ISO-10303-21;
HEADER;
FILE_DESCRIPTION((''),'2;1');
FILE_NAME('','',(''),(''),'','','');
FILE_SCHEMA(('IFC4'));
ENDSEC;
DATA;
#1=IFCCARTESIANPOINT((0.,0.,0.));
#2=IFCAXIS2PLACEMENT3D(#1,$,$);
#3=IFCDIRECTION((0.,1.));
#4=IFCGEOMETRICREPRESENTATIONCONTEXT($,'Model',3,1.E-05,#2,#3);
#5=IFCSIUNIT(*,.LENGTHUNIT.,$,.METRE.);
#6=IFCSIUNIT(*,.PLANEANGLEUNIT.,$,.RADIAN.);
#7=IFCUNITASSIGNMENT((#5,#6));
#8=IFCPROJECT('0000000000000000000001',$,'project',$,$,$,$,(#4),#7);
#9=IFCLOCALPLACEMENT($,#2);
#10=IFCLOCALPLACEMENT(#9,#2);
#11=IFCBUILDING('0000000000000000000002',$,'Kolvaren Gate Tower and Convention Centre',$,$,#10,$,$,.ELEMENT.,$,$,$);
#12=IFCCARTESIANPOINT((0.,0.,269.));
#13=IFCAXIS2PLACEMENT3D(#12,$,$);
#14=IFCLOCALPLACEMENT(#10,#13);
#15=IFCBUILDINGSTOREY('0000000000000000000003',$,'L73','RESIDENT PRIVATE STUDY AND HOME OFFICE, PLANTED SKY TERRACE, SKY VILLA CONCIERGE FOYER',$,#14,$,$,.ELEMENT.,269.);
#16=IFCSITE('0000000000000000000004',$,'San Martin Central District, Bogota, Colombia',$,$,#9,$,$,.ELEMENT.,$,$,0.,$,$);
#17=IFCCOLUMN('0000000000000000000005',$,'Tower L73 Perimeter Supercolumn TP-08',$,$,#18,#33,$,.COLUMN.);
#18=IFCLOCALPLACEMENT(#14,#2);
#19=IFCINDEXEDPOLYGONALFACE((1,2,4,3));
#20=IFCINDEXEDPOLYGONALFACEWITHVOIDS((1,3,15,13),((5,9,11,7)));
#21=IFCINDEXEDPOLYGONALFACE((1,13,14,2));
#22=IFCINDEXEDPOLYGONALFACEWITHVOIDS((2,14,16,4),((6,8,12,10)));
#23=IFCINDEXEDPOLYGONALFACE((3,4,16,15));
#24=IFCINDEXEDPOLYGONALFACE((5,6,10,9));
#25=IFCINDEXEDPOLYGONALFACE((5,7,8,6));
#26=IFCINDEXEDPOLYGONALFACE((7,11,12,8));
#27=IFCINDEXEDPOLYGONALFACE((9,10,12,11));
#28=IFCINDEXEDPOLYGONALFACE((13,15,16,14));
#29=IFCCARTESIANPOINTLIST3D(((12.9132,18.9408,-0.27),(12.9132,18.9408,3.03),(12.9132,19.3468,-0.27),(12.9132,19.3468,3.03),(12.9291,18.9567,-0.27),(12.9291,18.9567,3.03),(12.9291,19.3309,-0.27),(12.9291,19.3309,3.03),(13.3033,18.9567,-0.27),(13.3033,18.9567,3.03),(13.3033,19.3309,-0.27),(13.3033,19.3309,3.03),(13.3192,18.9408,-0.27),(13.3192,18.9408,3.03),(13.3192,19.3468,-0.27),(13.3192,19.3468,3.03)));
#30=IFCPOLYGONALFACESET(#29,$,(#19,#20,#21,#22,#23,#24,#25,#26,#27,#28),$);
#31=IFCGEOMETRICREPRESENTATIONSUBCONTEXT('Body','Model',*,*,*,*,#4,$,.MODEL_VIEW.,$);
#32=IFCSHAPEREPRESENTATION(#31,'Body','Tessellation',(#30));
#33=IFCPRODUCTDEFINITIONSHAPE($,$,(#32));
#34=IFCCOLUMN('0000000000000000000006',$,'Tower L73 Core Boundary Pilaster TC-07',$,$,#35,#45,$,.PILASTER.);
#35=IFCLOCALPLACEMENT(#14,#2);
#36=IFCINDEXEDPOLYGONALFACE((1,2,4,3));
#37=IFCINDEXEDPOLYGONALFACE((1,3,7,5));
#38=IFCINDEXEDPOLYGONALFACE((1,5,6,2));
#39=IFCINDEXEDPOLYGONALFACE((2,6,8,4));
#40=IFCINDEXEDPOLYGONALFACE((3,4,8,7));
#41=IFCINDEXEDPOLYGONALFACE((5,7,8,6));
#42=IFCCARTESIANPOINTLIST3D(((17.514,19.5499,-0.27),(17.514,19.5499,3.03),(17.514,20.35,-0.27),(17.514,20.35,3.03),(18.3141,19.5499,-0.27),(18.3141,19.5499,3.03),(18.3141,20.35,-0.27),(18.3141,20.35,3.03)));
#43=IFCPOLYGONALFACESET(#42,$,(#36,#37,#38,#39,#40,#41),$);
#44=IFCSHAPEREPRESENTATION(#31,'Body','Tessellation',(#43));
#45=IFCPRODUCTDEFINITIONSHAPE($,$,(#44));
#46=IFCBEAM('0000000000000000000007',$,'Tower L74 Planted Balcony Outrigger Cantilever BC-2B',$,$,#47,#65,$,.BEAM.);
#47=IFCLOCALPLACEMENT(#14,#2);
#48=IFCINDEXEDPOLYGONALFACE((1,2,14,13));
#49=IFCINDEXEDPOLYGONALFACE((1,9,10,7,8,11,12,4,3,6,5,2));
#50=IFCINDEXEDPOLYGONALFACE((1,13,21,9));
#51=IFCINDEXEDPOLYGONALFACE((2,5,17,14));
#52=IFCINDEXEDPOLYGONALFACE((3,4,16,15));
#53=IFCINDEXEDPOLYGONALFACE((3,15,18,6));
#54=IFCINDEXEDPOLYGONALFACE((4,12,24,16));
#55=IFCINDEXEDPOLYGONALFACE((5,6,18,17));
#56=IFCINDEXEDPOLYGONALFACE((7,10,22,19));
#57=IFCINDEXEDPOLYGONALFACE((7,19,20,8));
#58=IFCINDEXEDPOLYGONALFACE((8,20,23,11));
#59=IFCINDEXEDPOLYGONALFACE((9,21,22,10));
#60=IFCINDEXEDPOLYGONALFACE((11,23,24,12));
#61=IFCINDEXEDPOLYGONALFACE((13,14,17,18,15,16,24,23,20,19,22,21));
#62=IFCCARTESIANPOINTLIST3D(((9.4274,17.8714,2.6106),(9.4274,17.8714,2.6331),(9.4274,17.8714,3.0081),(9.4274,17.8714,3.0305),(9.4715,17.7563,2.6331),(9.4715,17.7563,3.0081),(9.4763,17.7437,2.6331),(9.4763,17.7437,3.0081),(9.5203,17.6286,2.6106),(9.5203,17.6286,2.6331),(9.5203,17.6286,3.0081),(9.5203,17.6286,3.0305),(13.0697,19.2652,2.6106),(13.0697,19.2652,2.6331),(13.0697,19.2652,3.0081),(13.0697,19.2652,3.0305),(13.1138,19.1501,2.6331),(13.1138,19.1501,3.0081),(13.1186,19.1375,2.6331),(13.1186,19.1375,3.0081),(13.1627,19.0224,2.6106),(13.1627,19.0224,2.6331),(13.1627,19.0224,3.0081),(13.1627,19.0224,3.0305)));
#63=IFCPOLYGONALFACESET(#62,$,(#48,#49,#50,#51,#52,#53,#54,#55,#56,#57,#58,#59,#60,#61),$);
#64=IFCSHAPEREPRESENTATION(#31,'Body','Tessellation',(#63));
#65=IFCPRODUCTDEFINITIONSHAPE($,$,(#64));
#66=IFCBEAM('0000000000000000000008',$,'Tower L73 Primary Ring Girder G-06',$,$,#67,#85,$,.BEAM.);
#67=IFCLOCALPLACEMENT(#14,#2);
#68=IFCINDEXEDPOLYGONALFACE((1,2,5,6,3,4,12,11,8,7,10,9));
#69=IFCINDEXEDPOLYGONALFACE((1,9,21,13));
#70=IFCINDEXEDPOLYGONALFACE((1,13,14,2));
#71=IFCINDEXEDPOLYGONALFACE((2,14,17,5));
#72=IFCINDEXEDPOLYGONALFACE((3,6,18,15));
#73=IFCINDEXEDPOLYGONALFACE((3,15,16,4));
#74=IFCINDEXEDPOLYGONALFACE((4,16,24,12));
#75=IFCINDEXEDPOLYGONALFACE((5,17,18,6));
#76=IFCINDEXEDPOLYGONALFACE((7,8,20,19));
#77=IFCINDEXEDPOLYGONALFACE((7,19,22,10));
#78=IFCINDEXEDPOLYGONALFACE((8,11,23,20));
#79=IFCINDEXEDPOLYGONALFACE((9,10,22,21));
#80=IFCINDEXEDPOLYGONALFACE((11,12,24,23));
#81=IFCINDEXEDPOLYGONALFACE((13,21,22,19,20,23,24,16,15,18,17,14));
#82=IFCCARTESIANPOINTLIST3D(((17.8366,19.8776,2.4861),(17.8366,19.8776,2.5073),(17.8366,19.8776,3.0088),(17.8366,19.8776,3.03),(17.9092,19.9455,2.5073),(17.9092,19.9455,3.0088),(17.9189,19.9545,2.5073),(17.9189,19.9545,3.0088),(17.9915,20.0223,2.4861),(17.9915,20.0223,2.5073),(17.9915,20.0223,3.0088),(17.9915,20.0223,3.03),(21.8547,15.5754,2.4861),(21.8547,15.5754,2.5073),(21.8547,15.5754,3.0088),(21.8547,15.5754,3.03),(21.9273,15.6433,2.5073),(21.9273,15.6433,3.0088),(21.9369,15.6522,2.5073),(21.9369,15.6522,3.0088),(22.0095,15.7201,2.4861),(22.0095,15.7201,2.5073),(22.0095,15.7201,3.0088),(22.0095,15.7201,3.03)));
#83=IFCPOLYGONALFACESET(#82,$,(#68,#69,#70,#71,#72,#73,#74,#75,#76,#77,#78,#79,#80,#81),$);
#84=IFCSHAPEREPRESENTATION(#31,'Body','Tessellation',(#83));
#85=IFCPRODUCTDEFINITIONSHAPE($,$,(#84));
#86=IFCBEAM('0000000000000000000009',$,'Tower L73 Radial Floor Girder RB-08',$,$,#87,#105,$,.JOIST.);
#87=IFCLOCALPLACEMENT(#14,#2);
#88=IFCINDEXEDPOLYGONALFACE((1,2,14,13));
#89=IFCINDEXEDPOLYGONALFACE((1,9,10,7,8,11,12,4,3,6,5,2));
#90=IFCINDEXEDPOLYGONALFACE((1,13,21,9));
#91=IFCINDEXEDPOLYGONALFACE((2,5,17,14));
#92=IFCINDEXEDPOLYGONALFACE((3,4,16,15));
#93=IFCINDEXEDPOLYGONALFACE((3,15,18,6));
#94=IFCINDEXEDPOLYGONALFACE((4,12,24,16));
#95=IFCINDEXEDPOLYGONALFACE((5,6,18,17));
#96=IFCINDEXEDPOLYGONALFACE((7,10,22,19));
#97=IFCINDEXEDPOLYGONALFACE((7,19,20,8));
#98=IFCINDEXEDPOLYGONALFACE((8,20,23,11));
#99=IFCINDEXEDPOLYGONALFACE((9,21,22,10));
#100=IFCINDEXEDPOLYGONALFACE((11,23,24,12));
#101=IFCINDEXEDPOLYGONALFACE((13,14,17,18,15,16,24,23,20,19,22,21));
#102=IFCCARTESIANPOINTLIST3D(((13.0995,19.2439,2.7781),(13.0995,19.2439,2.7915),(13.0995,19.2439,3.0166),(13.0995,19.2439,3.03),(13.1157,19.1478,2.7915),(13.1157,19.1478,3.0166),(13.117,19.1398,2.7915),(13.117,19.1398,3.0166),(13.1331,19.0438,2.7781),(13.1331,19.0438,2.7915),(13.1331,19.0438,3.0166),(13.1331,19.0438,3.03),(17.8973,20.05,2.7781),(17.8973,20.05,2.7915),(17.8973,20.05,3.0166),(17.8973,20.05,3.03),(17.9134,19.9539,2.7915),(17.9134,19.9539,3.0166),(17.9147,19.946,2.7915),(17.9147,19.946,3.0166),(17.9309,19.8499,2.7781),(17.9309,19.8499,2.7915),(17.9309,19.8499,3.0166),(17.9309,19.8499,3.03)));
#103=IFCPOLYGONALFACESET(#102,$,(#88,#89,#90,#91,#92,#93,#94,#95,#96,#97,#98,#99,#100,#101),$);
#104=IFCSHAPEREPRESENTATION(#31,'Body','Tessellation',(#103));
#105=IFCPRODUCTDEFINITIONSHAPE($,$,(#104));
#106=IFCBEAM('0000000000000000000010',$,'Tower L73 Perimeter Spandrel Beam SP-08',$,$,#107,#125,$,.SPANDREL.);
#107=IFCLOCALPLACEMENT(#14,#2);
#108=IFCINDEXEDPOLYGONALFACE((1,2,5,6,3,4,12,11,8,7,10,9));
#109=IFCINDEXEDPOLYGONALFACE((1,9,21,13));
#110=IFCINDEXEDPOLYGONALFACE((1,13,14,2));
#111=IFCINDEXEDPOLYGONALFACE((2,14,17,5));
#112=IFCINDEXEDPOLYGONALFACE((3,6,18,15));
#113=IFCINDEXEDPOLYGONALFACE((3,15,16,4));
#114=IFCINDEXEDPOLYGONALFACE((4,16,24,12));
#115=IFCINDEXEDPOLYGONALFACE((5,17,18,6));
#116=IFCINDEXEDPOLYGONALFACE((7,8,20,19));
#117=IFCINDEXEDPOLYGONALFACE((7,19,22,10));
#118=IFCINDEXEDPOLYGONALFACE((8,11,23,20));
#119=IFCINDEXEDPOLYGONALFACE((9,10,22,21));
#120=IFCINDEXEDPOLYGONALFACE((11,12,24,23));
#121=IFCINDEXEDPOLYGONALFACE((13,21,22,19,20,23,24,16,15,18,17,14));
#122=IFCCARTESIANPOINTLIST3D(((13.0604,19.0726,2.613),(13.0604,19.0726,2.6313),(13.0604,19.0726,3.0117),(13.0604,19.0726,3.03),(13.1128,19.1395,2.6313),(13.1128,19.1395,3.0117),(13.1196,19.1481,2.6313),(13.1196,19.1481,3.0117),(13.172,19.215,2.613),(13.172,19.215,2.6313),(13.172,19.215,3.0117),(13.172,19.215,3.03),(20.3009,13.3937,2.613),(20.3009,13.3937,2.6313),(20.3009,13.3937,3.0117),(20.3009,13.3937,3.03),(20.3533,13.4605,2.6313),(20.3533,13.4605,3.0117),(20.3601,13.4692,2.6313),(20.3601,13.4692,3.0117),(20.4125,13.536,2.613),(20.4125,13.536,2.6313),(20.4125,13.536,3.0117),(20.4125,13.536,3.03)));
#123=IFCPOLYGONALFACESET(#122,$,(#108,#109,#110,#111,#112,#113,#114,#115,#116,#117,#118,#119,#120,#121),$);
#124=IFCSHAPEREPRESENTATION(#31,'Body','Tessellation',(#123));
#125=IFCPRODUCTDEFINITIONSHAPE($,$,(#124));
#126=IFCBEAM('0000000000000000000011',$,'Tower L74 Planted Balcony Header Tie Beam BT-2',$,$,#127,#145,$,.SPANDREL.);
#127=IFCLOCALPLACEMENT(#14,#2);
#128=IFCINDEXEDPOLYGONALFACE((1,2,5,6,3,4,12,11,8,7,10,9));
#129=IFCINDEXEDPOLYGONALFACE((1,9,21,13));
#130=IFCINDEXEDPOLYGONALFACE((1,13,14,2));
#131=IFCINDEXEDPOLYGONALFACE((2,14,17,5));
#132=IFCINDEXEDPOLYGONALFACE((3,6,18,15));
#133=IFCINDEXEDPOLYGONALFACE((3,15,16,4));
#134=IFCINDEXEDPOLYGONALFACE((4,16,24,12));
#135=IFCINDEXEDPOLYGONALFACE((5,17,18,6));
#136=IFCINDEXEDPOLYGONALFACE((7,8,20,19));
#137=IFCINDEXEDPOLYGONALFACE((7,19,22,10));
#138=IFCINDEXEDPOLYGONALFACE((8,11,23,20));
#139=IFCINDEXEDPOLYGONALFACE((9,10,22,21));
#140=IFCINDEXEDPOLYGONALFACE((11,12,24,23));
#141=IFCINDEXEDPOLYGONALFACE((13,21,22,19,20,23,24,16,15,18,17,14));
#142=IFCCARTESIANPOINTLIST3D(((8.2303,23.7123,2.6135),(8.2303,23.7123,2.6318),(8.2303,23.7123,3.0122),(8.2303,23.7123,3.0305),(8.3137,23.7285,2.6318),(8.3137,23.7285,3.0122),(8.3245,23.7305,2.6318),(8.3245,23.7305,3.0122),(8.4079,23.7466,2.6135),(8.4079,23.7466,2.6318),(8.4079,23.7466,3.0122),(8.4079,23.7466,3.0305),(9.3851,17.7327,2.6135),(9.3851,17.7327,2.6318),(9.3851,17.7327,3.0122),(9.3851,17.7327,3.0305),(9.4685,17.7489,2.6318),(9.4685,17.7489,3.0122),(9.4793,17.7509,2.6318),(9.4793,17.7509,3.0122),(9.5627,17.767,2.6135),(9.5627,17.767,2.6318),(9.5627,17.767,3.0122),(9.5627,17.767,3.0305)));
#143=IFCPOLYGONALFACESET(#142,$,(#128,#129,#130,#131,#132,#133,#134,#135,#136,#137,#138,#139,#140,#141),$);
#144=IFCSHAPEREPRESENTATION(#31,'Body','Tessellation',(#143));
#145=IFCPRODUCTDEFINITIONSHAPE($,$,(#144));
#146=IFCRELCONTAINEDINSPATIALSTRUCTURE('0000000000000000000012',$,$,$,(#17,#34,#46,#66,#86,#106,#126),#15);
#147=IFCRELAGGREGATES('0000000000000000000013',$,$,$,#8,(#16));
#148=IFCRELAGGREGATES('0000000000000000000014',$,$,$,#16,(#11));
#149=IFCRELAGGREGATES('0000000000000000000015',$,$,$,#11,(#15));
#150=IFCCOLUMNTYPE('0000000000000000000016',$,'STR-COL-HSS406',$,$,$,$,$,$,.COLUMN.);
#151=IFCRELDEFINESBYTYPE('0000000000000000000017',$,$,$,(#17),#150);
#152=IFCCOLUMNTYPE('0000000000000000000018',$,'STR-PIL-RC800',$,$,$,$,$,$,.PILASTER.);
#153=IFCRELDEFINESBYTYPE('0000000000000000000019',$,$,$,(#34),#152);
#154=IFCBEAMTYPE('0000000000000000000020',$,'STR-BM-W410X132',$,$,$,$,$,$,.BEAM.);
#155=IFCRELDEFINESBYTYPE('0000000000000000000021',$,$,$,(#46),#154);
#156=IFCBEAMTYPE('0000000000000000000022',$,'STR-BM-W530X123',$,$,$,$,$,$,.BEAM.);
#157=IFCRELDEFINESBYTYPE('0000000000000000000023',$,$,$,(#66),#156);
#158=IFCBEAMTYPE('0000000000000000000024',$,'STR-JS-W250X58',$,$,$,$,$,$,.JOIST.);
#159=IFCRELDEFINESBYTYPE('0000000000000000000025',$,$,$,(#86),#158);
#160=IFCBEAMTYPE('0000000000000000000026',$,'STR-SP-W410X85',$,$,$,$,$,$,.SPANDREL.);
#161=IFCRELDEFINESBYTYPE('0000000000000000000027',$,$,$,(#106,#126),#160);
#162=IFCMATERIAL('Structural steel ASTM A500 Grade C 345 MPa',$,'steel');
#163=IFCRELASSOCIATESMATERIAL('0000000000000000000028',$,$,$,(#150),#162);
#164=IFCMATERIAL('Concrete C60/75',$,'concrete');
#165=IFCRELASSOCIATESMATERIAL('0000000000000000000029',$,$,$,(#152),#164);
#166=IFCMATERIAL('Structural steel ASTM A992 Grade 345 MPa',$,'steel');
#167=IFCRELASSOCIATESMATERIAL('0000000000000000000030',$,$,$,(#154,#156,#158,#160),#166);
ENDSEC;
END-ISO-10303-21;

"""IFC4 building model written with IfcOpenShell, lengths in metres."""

from ifc_helpers import new_model, si_unit, direction, frame, origin, origin_2d, place, context, subcontext, project, spatial, rectangle, hollow_rectangle, i_section, extrude, material, material_profile, profile_set, type_object, element, save


model = new_model("IFC4")

# Units and contexts
model_context = context("Model", 3, precision=1e-05, world=origin(), true_north=direction((0.0, 1.0)))
body_context = subcontext(model_context, "Body", "Model", "MODEL_VIEW")
ifc_project = project(units=[si_unit("LENGTHUNIT", "METRE"), si_unit("PLANEANGLEUNIT", "RADIAN")], contexts=[model_context])

# Site, building, storey
site_placement = place(None, origin())
site = spatial("IfcSite", under=ifc_project, at=site_placement, Name="San Martin Central District, Bogota, Colombia", CompositionType="ELEMENT", RefElevation=0.0)
building_placement = place(site_placement, origin())
building = spatial("IfcBuilding", under=site, at=building_placement, Name="Kolvaren Gate Tower and Convention Centre", CompositionType="ELEMENT")
storey_placement = place(building_placement, frame((0.0, 0.0, 269.0)))
storey = spatial("IfcBuildingStorey", under=building, at=storey_placement, Name="L73", Description="RESIDENT PRIVATE STUDY AND HOME OFFICE, PLANTED SKY TERRACE, SKY VILLA CONCIERGE FOYER", CompositionType="ELEMENT", Elevation=269.0)

# Columns
ifc_material_1 = material(Name="Structural steel ASTM A500 Grade C 345 MPa", Category="steel")
ifc_material_profile_1 = material_profile(ifc_material_1, hollow_rectangle(XDim=0.406, YDim=0.406, WallThickness=0.0159, at=origin_2d()), Name="HSS406X406X15.9")
ifc_profile_set_1 = profile_set([ifc_material_profile_1], Name="Structural steel ASTM A500 Grade C 345 MPa")
column_type_1 = type_object("IfcColumnType", Name="STR-COL-HSS406", PredefinedType="COLUMN", material=ifc_profile_set_1)
column_1_placement = place(storey_placement, frame((13.1162, 19.1438, -0.27), z_axis=(0.0, 0.0, 1.0), x_axis=(1.0, 0.0, 0.0)))
element("IfcColumn", 1, at=column_1_placement, inside=storey, type_object=column_type_1, Name="Tower L73 Perimeter Supercolumn TP-08", PredefinedType="COLUMN", context=body_context, shape_type="SweptSolid", body=[
    extrude(hollow_rectangle(XDim=0.406, YDim=0.406, WallThickness=0.0159, at=origin_2d()), origin(), (0.0, 0.0, 1.0), 3.3),
])
ifc_material_2 = material(Name="Concrete C60/75", Category="concrete")
ifc_material_profile_2 = material_profile(ifc_material_2, rectangle(XDim=0.8, YDim=0.8, at=origin_2d()), Name="RC-COL-800X800")
ifc_profile_set_2 = profile_set([ifc_material_profile_2], Name="Concrete C60/75")
column_type_2 = type_object("IfcColumnType", Name="STR-PIL-RC800", PredefinedType="PILASTER", material=ifc_profile_set_2)
column_2_placement = place(storey_placement, frame((17.9141, 19.95, -0.27), z_axis=(0.0, 0.0, 1.0), x_axis=(1.0, 0.0, 0.0)))
element("IfcColumn", 2, at=column_2_placement, inside=storey, type_object=column_type_2, Name="Tower L73 Core Boundary Pilaster TC-07", PredefinedType="PILASTER", context=body_context, shape_type="SweptSolid", body=[
    extrude(rectangle(XDim=0.8, YDim=0.8, at=origin_2d()), origin(), (0.0, 0.0, 1.0), 3.3),
])

# Beams
ifc_material_3 = material(Name="Structural steel ASTM A992 Grade 345 MPa", Category="steel")
ifc_material_profile_3 = material_profile(ifc_material_3, i_section(OverallWidth=0.26, OverallDepth=0.4199, WebThickness=0.0134, FlangeThickness=0.0225, at=origin_2d()), Name="W410X132")
ifc_profile_set_3 = profile_set([ifc_material_profile_3], Name="Structural steel ASTM A992 Grade 345 MPa")
beam_type_1 = type_object("IfcBeamType", Name="STR-BM-W410X132", PredefinedType="BEAM", material=ifc_profile_set_3)
beam_1_placement = place(storey_placement, frame((13.1162, 19.1438, 2.8206), z_axis=(-0.933954, -0.357393, 0.0), x_axis=(0.357393, -0.933954, 0.0)))
element("IfcBeam", 3, at=beam_1_placement, inside=storey, type_object=beam_type_1, Name="Tower L74 Planted Balcony Outrigger Cantilever BC-2B", PredefinedType="BEAM", context=body_context, shape_type="SweptSolid", body=[
    extrude(i_section(OverallWidth=0.26, OverallDepth=0.4199, WebThickness=0.0134, FlangeThickness=0.0225, at=origin_2d()), origin(), (0.0, 0.0, 1.0), 3.8999),
])
ifc_material_profile_4 = material_profile(ifc_material_3, i_section(OverallWidth=0.2119, OverallDepth=0.5439, WebThickness=0.0132, FlangeThickness=0.0212, at=origin_2d()), Name="W530X123")
ifc_profile_set_4 = profile_set([ifc_material_profile_4], Name="Structural steel ASTM A992 Grade 345 MPa")
beam_type_2 = type_object("IfcBeamType", Name="STR-BM-W530X123", PredefinedType="BEAM", material=ifc_profile_set_4)
beam_2_placement = place(storey_placement, frame((17.9141, 19.95, 2.7581), z_axis=(0.682558, -0.730832, 0.0), x_axis=(0.730832, 0.682558, 0.0)))
element("IfcBeam", 4, at=beam_2_placement, inside=storey, type_object=beam_type_2, Name="Tower L73 Primary Ring Girder G-06", PredefinedType="BEAM", context=body_context, shape_type="SweptSolid", body=[
    extrude(i_section(OverallWidth=0.2119, OverallDepth=0.5439, WebThickness=0.0132, FlangeThickness=0.0212, at=origin_2d()), origin(), (0.0, 0.0, 1.0), 5.8867),
])
ifc_material_profile_5 = material_profile(ifc_material_3, i_section(OverallWidth=0.2029, OverallDepth=0.252, WebThickness=0.0081, FlangeThickness=0.0134, at=origin_2d()), Name="W250X58")
ifc_profile_set_5 = profile_set([ifc_material_profile_5], Name="Structural steel ASTM A992 Grade 345 MPa")
beam_type_3 = type_object("IfcBeamType", Name="STR-JS-W250X58", PredefinedType="JOIST", material=ifc_profile_set_5)
beam_3_placement = place(storey_placement, frame((17.9141, 19.95, 2.9041), z_axis=(-0.986176, -0.165701, 0.0), x_axis=(0.165701, -0.986176, 0.0)))
element("IfcBeam", 5, at=beam_3_placement, inside=storey, type_object=beam_type_3, Name="Tower L73 Radial Floor Girder RB-08", PredefinedType="JOIST", context=body_context, shape_type="SweptSolid", body=[
    extrude(i_section(OverallWidth=0.2029, OverallDepth=0.252, WebThickness=0.0081, FlangeThickness=0.0134, at=origin_2d()), origin(), (0.0, 0.0, 1.0), 4.865),
])
ifc_material_profile_6 = material_profile(ifc_material_3, i_section(OverallWidth=0.1809, OverallDepth=0.417, WebThickness=0.011, FlangeThickness=0.0183, at=origin_2d()), Name="W410X85")
ifc_profile_set_6 = profile_set([ifc_material_profile_6], Name="Structural steel ASTM A992 Grade 345 MPa")
beam_type_4 = type_object("IfcBeamType", Name="STR-SP-W410X85", PredefinedType="SPANDREL", material=ifc_profile_set_6)
beam_4_placement = place(storey_placement, frame((13.1162, 19.1438, 2.8215), z_axis=(0.786846, -0.61715, 0.0), x_axis=(0.61715, 0.786846, 0.0)))
element("IfcBeam", 6, at=beam_4_placement, inside=storey, type_object=beam_type_4, Name="Tower L73 Perimeter Spandrel Beam SP-08", PredefinedType="SPANDREL", context=body_context, shape_type="SweptSolid", body=[
    extrude(i_section(OverallWidth=0.1809, OverallDepth=0.417, WebThickness=0.011, FlangeThickness=0.0183, at=origin_2d()), origin(), (0.0, 0.0, 1.0), 9.2019),
])
beam_5_placement = place(storey_placement, frame((8.3191, 23.7295, 2.822), z_axis=(0.189621, -0.981857, 0.0), x_axis=(0.981857, 0.189621, 0.0)))
element("IfcBeam", 7, at=beam_5_placement, inside=storey, type_object=beam_type_4, Name="Tower L74 Planted Balcony Header Tie Beam BT-2", PredefinedType="SPANDREL", context=body_context, shape_type="SweptSolid", body=[
    extrude(i_section(OverallWidth=0.1809, OverallDepth=0.417, WebThickness=0.011, FlangeThickness=0.0183, at=origin_2d()), origin(), (0.0, 0.0, 1.0), 6.0901),
])

save(model, "model.ifc")
